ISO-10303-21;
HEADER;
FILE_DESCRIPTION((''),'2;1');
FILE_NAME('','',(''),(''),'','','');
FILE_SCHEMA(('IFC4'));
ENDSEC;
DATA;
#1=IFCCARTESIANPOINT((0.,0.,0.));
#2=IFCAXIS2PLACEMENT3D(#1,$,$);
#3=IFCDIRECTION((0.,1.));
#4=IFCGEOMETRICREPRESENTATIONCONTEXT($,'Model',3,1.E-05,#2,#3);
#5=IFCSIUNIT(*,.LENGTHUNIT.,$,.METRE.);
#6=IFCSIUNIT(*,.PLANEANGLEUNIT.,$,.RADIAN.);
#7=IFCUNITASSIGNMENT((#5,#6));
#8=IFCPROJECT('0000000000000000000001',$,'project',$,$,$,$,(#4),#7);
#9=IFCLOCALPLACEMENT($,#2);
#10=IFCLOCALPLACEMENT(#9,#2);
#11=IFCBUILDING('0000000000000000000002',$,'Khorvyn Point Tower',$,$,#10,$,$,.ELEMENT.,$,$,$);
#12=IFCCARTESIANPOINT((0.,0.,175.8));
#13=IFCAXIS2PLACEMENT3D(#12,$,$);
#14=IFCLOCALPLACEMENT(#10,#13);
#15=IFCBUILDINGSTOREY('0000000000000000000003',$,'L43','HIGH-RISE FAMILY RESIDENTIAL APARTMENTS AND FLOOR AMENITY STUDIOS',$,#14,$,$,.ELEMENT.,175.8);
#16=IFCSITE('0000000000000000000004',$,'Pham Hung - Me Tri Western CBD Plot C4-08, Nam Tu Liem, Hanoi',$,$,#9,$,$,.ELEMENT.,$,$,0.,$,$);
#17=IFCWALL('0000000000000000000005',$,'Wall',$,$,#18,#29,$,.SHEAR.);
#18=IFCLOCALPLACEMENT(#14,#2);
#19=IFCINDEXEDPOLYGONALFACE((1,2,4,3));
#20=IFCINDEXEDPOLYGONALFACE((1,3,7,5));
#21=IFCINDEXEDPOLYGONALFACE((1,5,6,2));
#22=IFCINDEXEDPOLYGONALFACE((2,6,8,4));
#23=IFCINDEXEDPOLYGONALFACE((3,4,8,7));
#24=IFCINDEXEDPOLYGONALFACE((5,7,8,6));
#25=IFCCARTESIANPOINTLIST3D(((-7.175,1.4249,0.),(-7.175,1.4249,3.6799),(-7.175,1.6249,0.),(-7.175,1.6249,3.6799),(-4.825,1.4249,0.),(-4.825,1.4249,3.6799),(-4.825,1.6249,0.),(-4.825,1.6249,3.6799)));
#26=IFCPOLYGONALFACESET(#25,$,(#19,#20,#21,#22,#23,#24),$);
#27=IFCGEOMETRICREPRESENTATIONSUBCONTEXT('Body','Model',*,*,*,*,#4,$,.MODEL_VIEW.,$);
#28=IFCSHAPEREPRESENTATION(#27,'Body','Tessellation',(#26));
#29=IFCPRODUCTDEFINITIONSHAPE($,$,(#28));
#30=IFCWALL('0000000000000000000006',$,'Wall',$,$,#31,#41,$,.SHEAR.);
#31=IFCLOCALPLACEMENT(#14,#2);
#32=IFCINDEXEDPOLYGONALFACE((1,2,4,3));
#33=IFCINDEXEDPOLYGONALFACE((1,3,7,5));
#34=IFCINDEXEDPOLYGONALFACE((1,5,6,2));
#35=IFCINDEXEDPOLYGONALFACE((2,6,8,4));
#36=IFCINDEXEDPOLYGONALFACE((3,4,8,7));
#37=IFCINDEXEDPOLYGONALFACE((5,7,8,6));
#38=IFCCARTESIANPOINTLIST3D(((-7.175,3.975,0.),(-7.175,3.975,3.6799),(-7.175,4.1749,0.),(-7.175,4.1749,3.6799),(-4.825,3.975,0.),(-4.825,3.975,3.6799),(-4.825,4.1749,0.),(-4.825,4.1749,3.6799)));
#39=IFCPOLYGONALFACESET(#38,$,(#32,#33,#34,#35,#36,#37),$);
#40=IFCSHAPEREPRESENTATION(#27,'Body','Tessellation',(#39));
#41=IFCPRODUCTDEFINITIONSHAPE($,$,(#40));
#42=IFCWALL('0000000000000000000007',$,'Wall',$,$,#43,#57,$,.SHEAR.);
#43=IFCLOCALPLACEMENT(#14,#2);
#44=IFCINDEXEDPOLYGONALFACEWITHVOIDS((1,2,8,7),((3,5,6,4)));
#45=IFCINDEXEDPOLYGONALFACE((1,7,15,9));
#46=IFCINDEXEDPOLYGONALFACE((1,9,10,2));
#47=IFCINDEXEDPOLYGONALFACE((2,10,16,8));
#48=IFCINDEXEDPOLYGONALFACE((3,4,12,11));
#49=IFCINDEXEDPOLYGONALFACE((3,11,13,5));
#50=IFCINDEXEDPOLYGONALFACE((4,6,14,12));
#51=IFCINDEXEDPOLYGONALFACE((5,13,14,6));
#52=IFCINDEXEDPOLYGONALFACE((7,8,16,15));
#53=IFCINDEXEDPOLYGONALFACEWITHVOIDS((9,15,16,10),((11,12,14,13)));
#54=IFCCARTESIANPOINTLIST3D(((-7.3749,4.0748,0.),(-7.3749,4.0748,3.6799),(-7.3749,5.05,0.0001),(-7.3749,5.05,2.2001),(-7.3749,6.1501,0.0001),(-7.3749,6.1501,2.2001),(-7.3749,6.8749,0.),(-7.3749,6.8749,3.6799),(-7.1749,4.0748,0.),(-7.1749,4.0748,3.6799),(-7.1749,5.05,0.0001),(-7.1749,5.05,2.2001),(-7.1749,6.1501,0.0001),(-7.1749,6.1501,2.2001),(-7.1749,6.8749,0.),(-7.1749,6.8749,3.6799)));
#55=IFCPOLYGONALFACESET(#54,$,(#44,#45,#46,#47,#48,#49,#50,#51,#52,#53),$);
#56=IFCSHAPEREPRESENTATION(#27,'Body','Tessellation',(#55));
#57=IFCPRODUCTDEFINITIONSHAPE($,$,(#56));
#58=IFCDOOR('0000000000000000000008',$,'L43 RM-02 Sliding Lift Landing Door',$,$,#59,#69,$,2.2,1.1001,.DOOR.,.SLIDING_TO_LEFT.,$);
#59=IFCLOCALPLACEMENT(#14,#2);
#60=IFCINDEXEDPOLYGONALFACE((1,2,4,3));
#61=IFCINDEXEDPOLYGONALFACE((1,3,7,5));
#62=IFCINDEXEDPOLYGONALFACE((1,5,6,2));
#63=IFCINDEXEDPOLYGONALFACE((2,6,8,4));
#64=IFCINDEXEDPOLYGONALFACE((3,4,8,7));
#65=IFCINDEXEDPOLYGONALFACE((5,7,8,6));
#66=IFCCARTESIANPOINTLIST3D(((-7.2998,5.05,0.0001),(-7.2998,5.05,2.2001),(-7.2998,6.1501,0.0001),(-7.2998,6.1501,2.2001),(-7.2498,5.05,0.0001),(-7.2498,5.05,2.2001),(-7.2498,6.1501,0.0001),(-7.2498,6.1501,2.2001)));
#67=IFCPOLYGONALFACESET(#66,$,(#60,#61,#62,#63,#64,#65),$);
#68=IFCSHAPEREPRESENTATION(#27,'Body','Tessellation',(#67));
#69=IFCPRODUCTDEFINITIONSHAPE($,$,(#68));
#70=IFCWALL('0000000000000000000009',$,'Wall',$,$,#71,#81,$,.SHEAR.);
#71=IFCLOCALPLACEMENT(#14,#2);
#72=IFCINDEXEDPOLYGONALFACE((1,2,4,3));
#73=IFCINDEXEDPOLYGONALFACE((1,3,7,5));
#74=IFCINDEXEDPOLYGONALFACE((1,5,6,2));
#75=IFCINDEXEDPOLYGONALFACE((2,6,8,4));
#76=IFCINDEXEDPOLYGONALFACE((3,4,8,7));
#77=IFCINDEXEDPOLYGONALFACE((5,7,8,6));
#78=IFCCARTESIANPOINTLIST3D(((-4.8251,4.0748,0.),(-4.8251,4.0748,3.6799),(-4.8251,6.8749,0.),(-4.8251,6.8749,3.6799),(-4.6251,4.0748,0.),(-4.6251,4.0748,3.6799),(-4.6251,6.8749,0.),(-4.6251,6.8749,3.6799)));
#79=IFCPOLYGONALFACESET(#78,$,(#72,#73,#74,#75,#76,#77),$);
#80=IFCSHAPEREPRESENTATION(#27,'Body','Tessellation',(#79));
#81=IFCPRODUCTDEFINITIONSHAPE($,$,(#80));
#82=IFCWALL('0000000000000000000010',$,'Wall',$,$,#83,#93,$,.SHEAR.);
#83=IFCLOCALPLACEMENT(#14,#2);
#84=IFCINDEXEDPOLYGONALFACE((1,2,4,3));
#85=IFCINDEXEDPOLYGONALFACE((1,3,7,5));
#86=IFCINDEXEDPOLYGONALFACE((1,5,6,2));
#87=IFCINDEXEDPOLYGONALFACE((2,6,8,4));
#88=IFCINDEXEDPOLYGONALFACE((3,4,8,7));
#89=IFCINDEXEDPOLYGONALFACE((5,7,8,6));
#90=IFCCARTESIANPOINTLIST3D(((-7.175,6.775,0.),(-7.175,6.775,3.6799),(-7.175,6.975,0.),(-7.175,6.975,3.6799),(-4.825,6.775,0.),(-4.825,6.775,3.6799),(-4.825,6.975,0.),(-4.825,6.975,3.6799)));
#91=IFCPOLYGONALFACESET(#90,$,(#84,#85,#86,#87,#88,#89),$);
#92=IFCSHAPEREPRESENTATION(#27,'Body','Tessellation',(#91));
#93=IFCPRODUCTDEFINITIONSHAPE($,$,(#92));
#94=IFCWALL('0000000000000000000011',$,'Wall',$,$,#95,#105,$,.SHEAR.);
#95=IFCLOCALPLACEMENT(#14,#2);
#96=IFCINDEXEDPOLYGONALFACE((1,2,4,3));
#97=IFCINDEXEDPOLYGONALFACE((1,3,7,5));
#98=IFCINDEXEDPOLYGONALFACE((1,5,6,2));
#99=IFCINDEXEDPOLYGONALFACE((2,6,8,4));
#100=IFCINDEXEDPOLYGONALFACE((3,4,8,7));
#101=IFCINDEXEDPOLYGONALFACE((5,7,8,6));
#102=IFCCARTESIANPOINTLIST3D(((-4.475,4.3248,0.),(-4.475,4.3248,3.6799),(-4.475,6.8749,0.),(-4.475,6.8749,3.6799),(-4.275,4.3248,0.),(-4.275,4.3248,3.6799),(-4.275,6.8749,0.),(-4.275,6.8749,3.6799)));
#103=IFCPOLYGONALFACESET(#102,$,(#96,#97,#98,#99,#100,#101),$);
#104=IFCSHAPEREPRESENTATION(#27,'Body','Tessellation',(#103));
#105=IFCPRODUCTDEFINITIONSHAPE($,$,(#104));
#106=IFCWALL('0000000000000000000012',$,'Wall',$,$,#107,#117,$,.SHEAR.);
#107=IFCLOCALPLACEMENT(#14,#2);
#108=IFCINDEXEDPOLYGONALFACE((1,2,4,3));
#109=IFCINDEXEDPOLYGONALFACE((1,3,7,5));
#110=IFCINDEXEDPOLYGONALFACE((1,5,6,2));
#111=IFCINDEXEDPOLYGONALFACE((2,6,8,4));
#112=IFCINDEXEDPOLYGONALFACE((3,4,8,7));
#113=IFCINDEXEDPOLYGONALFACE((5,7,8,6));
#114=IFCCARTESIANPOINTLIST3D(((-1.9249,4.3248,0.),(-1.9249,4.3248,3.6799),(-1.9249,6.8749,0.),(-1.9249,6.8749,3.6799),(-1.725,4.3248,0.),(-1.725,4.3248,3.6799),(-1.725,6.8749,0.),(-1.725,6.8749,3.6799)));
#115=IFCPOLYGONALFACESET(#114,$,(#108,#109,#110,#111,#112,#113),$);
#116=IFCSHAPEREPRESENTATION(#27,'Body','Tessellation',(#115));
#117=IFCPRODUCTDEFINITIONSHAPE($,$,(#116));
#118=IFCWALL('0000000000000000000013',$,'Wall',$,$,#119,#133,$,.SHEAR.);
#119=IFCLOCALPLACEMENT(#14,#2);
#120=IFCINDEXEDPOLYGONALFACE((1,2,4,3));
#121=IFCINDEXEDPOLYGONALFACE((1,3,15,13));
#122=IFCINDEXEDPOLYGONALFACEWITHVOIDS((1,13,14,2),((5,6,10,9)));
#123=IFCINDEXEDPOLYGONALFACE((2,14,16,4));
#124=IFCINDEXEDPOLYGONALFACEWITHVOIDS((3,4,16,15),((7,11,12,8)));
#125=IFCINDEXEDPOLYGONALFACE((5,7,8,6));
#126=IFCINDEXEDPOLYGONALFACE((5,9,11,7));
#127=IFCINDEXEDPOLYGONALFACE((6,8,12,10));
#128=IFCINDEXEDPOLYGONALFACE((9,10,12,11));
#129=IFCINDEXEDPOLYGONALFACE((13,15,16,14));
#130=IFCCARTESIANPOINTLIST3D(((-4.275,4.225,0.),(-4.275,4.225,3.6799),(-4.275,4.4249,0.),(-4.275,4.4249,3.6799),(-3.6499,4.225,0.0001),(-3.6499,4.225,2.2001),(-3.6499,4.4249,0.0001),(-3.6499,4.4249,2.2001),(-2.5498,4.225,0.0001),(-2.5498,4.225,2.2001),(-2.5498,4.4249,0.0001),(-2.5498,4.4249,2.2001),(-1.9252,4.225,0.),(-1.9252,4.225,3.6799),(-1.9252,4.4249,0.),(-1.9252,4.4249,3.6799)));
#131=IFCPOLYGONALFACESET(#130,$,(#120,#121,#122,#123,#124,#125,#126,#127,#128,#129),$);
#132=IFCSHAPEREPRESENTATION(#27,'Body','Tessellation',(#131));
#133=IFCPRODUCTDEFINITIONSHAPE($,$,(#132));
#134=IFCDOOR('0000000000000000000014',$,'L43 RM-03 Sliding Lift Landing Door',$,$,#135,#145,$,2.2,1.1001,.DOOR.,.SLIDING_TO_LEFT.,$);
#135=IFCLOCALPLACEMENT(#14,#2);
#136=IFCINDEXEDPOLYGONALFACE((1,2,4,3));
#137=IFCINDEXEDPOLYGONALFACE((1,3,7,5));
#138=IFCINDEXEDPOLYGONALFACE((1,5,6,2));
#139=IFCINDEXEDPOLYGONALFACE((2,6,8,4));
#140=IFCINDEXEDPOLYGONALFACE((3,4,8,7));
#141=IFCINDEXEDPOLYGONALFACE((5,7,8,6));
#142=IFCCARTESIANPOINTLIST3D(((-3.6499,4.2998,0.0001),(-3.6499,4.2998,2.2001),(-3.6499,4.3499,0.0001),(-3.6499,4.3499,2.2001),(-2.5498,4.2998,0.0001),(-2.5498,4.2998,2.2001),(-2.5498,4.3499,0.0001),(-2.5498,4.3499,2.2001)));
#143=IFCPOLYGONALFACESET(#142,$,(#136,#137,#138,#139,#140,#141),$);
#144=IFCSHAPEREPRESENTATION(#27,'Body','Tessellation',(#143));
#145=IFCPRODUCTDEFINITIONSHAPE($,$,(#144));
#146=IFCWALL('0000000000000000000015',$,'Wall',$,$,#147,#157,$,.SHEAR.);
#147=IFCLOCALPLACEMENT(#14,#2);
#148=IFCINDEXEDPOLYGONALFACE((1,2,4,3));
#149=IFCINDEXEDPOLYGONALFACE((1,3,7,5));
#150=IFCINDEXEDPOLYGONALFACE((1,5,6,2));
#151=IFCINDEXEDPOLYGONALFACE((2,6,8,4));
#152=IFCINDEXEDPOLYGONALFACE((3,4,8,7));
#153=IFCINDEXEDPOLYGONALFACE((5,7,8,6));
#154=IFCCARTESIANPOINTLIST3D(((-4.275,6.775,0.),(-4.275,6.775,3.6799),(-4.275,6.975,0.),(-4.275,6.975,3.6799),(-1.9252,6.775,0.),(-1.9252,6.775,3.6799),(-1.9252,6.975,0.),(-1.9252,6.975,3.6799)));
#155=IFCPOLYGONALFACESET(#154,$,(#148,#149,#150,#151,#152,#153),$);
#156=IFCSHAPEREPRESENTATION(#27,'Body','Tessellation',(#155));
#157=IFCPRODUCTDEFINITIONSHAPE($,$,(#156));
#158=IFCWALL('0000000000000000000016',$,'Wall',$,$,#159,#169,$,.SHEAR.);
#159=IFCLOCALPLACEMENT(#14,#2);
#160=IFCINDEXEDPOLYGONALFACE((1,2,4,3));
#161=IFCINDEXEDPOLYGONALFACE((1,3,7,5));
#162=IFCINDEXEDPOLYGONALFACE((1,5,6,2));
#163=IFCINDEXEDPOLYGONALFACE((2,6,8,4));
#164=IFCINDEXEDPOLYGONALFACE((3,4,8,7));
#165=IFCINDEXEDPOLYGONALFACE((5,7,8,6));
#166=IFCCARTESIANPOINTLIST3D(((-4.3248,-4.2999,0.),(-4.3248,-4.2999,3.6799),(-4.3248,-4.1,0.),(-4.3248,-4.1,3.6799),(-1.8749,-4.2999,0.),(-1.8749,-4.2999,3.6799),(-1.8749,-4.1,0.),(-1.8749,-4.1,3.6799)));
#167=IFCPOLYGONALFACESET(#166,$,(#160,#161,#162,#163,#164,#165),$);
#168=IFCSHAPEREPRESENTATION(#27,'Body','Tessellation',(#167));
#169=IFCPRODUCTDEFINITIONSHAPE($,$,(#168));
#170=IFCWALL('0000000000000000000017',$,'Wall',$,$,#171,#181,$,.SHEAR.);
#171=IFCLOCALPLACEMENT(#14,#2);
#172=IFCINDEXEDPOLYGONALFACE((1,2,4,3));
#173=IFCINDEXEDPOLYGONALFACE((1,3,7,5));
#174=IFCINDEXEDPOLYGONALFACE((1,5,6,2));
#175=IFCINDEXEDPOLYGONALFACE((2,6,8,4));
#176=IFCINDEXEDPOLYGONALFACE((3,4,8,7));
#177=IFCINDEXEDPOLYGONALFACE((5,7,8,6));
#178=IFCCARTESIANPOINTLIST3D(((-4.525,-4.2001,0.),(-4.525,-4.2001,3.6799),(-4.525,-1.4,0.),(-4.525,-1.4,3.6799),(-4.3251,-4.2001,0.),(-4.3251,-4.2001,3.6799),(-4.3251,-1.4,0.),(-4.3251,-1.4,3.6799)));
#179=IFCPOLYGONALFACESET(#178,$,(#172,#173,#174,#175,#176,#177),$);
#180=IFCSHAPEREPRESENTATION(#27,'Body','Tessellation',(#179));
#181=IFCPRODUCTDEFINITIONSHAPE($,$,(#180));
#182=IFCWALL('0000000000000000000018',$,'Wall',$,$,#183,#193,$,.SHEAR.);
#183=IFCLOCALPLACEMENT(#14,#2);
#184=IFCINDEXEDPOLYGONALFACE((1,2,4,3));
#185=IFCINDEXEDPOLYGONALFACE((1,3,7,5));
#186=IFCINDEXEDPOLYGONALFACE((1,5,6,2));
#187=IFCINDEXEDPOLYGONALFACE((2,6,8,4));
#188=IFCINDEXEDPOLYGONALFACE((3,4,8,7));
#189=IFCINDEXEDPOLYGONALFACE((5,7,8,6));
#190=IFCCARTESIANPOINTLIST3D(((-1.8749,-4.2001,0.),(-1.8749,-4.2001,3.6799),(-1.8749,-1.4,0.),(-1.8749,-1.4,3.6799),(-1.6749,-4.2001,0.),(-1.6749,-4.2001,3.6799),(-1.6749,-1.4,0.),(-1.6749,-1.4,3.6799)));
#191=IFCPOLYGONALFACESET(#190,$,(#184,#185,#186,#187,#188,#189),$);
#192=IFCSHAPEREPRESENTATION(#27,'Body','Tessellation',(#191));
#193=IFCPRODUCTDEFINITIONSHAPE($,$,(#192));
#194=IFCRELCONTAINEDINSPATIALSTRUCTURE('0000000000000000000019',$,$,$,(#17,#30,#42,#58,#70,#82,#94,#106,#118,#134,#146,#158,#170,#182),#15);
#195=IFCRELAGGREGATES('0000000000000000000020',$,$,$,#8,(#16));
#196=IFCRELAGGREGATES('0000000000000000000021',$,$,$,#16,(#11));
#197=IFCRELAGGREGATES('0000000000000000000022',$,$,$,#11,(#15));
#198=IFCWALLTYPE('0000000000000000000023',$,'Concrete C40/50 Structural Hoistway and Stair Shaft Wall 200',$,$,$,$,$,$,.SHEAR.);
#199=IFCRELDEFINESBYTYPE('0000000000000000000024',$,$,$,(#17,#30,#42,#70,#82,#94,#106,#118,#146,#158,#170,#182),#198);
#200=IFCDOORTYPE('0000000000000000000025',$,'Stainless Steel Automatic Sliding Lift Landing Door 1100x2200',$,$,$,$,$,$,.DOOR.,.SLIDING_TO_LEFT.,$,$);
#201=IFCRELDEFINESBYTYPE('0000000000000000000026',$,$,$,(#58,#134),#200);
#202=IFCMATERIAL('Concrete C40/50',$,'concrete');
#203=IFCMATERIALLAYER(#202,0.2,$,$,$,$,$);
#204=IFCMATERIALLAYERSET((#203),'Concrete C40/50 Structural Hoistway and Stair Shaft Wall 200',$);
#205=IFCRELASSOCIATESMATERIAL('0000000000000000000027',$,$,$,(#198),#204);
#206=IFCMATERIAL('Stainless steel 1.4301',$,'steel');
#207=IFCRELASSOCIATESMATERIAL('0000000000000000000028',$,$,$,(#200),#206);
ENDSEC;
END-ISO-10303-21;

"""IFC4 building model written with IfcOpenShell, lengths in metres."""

from ifc_helpers import new_model, si_unit, direction, frame, frame_2d, origin, place, context, subcontext, project, spatial, rectangle, extrude, material, layer, layer_set, type_object, element, fill, save


model = new_model("IFC4")

# Units and contexts
model_context = context("Model", 3, precision=1e-05, world=origin(), true_north=direction((0.0, 1.0)))
body_context = subcontext(model_context, "Body", "Model", "MODEL_VIEW")
ifc_project = project(units=[si_unit("LENGTHUNIT", "METRE"), si_unit("PLANEANGLEUNIT", "RADIAN")], contexts=[model_context])

# Site, building, storey
site_placement = place(None, origin())
site = spatial("IfcSite", under=ifc_project, at=site_placement, Name="Pham Hung - Me Tri Western CBD Plot C4-08, Nam Tu Liem, Hanoi", CompositionType="ELEMENT", RefElevation=0.0)
building_placement = place(site_placement, origin())
building = spatial("IfcBuilding", under=site, at=building_placement, Name="Khorvyn Point Tower", CompositionType="ELEMENT")
storey_placement = place(building_placement, frame((0.0, 0.0, 175.8)))
storey = spatial("IfcBuildingStorey", under=building, at=storey_placement, Name="L43", Description="HIGH-RISE FAMILY RESIDENTIAL APARTMENTS AND FLOOR AMENITY STUDIOS", CompositionType="ELEMENT", Elevation=175.8)

# Shared definitions
ifc_material_1 = material(Name="Concrete C40/50", Category="concrete")

# Shared definitions
ifc_layer_1 = layer(ifc_material_1, 0.2)
ifc_layer_set_1 = layer_set([ifc_layer_1], Name="Concrete C40/50 Structural Hoistway and Stair Shaft Wall 200")
wall_type_1 = type_object("IfcWallType", Name="Concrete C40/50 Structural Hoistway and Stair Shaft Wall 200", PredefinedType="SHEAR", material=ifc_layer_set_1)
ifc_material_2 = material(Name="Stainless steel 1.4301", Category="steel")
door_type_1 = type_object("IfcDoorType", Name="Stainless Steel Automatic Sliding Lift Landing Door 1100x2200", OperationType="SLIDING_TO_LEFT", PredefinedType="DOOR", material=ifc_material_2)

# Walls
for number, where, z_axis, x_axis, name in (
    (1, (-7.175, 1.5249, 0.0), (0.0, 0.0, 1.0), (1.0, 0.0, 0.0), "Wall"),
    (2, (-7.175, 4.075, 0.0), (0.0, 0.0, 1.0), (1.0, 0.0, 0.0), "Wall"),
):
    element("IfcWall", number, at=place(storey_placement, frame(where, z_axis=z_axis, x_axis=x_axis)), inside=storey, type_object=wall_type_1, Name=name, PredefinedType="SHEAR", context=body_context, shape_type="SweptSolid", body=[
        extrude(rectangle(XDim=2.3501, YDim=0.2, at=frame_2d((1.175, 0.0))), origin(), (0.0, 0.0, 1.0), 3.6799),
    ])

# Wall, opening, door
wall_1_placement = place(storey_placement, frame((-7.2749, 4.075, 0.0), z_axis=(0.0, 0.0, 1.0), x_axis=(0.0, 1.0, 0.0)))
wall_1 = element("IfcWall", 3, at=wall_1_placement, inside=storey, type_object=wall_type_1, Name="Wall", PredefinedType="SHEAR", context=body_context, shape_type="SweptSolid", body=[
    extrude(rectangle(XDim=2.8, YDim=0.2, at=frame_2d((1.3999, 0.0))), origin(), (0.0, 0.0, 1.0), 3.6799),
])
opening_1_placement = place(wall_1_placement, frame((0.9751, 0.0, 0.0)))
opening_1 = element("IfcOpeningElement", 4, at=opening_1_placement, cuts=wall_1, PredefinedType="OPENING", context=body_context, shape_type="SweptSolid", body=[
    extrude(rectangle(XDim=1.1001, YDim=2.2, at=frame_2d((0.55, 1.1001))), frame((0.0, 0.1099, 0.0), z_axis=(0.0, -1.0, 0.0), x_axis=(1.0, 0.0, 0.0)), (0.0, 0.0, 1.0), 0.22),
])
door_1_placement = place(opening_1_placement, origin())
door_1 = element("IfcDoor", 5, at=door_1_placement, inside=storey, type_object=door_type_1, Name="L43 RM-02 Sliding Lift Landing Door", OperationType="SLIDING_TO_LEFT", OverallHeight=2.2, OverallWidth=1.1001, PredefinedType="DOOR", context=body_context, shape_type="SweptSolid", body=[
    extrude(rectangle(XDim=1.1001, YDim=2.2, at=frame_2d((0.55, 1.1001))), frame((0.0, 0.0249, 0.0), z_axis=(0.0, -1.0, 0.0), x_axis=(1.0, 0.0, 0.0)), (0.0, 0.0, 1.0), 0.05),
])
fill(opening_1, door_1)

# Walls
wall_2_placement = place(storey_placement, frame((-4.7251, 4.075, 0.0), z_axis=(0.0, 0.0, 1.0), x_axis=(0.0, 1.0, 0.0)))
element("IfcWall", 6, at=wall_2_placement, inside=storey, type_object=wall_type_1, Name="Wall", PredefinedType="SHEAR", context=body_context, shape_type="SweptSolid", body=[
    extrude(rectangle(XDim=2.8, YDim=0.2, at=frame_2d((1.3999, 0.0))), origin(), (0.0, 0.0, 1.0), 3.6799),
])
wall_3_placement = place(storey_placement, frame((-7.175, 6.875, 0.0), z_axis=(0.0, 0.0, 1.0), x_axis=(1.0, 0.0, 0.0)))
element("IfcWall", 7, at=wall_3_placement, inside=storey, type_object=wall_type_1, Name="Wall", PredefinedType="SHEAR", context=body_context, shape_type="SweptSolid", body=[
    extrude(rectangle(XDim=2.3501, YDim=0.2, at=frame_2d((1.175, 0.0))), origin(), (0.0, 0.0, 1.0), 3.6799),
])
for number, where, z_axis, x_axis, name in (
    (8, (-4.375, 4.325, 0.0), (0.0, 0.0, 1.0), (0.0, 1.0, 0.0), "Wall"),
    (9, (-1.825, 4.325, 0.0), (0.0, 0.0, 1.0), (0.0, 1.0, 0.0), "Wall"),
):
    element("IfcWall", number, at=place(storey_placement, frame(where, z_axis=z_axis, x_axis=x_axis)), inside=storey, type_object=wall_type_1, Name=name, PredefinedType="SHEAR", context=body_context, shape_type="SweptSolid", body=[
        extrude(rectangle(XDim=2.55, YDim=0.2, at=frame_2d((1.2749, 0.0))), origin(), (0.0, 0.0, 1.0), 3.6799),
    ])

# Wall, opening, door
wall_4_placement = place(storey_placement, frame((-4.2749, 4.325, 0.0), z_axis=(0.0, 0.0, 1.0), x_axis=(1.0, 0.0, 0.0)))
wall_4 = element("IfcWall", 10, at=wall_4_placement, inside=storey, type_object=wall_type_1, Name="Wall", PredefinedType="SHEAR", context=body_context, shape_type="SweptSolid", body=[
    extrude(rectangle(XDim=2.3499, YDim=0.2, at=frame_2d((1.1748, 0.0))), origin(), (0.0, 0.0, 1.0), 3.6799),
])
opening_2_placement = place(wall_4_placement, frame((0.625, 0.0, 0.0)))
opening_2 = element("IfcOpeningElement", 11, at=opening_2_placement, cuts=wall_4, PredefinedType="OPENING", context=body_context, shape_type="SweptSolid", body=[
    extrude(rectangle(XDim=1.1001, YDim=2.2, at=frame_2d((0.55, 1.1001))), frame((0.0, 0.1099, 0.0), z_axis=(0.0, -1.0, 0.0), x_axis=(1.0, 0.0, 0.0)), (0.0, 0.0, 1.0), 0.22),
])
door_2_placement = place(opening_2_placement, origin())
door_2 = element("IfcDoor", 12, at=door_2_placement, inside=storey, type_object=door_type_1, Name="L43 RM-03 Sliding Lift Landing Door", OperationType="SLIDING_TO_LEFT", OverallHeight=2.2, OverallWidth=1.1001, PredefinedType="DOOR", context=body_context, shape_type="SweptSolid", body=[
    extrude(rectangle(XDim=1.1001, YDim=2.2, at=frame_2d((0.55, 1.1001))), frame((0.0, 0.0249, 0.0), z_axis=(0.0, -1.0, 0.0), x_axis=(1.0, 0.0, 0.0)), (0.0, 0.0, 1.0), 0.05),
])
fill(opening_2, door_2)

# Walls
wall_5_placement = place(storey_placement, frame((-4.2749, 6.875, 0.0), z_axis=(0.0, 0.0, 1.0), x_axis=(1.0, 0.0, 0.0)))
element("IfcWall", 13, at=wall_5_placement, inside=storey, type_object=wall_type_1, Name="Wall", PredefinedType="SHEAR", context=body_context, shape_type="SweptSolid", body=[
    extrude(rectangle(XDim=2.3499, YDim=0.2, at=frame_2d((1.1748, 0.0))), origin(), (0.0, 0.0, 1.0), 3.6799),
])
wall_6_placement = place(storey_placement, frame((-4.325, -4.2, 0.0), z_axis=(0.0, 0.0, 1.0), x_axis=(1.0, 0.0, 0.0)))
element("IfcWall", 14, at=wall_6_placement, inside=storey, type_object=wall_type_1, Name="Wall", PredefinedType="SHEAR", context=body_context, shape_type="SweptSolid", body=[
    extrude(rectangle(XDim=2.45, YDim=0.2, at=frame_2d((1.2251, 0.0))), origin(), (0.0, 0.0, 1.0), 3.6799),
])
for number, where, z_axis, x_axis, name in (
    (15, (-4.425, -4.2, 0.0), (0.0, 0.0, 1.0), (0.0, 1.0, 0.0), "Wall"),
    (16, (-1.7749, -4.2, 0.0), (0.0, 0.0, 1.0), (0.0, 1.0, 0.0), "Wall"),
):
    element("IfcWall", number, at=place(storey_placement, frame(where, z_axis=z_axis, x_axis=x_axis)), inside=storey, type_object=wall_type_1, Name=name, PredefinedType="SHEAR", context=body_context, shape_type="SweptSolid", body=[
        extrude(rectangle(XDim=2.8, YDim=0.2, at=frame_2d((1.3999, 0.0))), origin(), (0.0, 0.0, 1.0), 3.6799),
    ])

save(model, "model.ifc")
